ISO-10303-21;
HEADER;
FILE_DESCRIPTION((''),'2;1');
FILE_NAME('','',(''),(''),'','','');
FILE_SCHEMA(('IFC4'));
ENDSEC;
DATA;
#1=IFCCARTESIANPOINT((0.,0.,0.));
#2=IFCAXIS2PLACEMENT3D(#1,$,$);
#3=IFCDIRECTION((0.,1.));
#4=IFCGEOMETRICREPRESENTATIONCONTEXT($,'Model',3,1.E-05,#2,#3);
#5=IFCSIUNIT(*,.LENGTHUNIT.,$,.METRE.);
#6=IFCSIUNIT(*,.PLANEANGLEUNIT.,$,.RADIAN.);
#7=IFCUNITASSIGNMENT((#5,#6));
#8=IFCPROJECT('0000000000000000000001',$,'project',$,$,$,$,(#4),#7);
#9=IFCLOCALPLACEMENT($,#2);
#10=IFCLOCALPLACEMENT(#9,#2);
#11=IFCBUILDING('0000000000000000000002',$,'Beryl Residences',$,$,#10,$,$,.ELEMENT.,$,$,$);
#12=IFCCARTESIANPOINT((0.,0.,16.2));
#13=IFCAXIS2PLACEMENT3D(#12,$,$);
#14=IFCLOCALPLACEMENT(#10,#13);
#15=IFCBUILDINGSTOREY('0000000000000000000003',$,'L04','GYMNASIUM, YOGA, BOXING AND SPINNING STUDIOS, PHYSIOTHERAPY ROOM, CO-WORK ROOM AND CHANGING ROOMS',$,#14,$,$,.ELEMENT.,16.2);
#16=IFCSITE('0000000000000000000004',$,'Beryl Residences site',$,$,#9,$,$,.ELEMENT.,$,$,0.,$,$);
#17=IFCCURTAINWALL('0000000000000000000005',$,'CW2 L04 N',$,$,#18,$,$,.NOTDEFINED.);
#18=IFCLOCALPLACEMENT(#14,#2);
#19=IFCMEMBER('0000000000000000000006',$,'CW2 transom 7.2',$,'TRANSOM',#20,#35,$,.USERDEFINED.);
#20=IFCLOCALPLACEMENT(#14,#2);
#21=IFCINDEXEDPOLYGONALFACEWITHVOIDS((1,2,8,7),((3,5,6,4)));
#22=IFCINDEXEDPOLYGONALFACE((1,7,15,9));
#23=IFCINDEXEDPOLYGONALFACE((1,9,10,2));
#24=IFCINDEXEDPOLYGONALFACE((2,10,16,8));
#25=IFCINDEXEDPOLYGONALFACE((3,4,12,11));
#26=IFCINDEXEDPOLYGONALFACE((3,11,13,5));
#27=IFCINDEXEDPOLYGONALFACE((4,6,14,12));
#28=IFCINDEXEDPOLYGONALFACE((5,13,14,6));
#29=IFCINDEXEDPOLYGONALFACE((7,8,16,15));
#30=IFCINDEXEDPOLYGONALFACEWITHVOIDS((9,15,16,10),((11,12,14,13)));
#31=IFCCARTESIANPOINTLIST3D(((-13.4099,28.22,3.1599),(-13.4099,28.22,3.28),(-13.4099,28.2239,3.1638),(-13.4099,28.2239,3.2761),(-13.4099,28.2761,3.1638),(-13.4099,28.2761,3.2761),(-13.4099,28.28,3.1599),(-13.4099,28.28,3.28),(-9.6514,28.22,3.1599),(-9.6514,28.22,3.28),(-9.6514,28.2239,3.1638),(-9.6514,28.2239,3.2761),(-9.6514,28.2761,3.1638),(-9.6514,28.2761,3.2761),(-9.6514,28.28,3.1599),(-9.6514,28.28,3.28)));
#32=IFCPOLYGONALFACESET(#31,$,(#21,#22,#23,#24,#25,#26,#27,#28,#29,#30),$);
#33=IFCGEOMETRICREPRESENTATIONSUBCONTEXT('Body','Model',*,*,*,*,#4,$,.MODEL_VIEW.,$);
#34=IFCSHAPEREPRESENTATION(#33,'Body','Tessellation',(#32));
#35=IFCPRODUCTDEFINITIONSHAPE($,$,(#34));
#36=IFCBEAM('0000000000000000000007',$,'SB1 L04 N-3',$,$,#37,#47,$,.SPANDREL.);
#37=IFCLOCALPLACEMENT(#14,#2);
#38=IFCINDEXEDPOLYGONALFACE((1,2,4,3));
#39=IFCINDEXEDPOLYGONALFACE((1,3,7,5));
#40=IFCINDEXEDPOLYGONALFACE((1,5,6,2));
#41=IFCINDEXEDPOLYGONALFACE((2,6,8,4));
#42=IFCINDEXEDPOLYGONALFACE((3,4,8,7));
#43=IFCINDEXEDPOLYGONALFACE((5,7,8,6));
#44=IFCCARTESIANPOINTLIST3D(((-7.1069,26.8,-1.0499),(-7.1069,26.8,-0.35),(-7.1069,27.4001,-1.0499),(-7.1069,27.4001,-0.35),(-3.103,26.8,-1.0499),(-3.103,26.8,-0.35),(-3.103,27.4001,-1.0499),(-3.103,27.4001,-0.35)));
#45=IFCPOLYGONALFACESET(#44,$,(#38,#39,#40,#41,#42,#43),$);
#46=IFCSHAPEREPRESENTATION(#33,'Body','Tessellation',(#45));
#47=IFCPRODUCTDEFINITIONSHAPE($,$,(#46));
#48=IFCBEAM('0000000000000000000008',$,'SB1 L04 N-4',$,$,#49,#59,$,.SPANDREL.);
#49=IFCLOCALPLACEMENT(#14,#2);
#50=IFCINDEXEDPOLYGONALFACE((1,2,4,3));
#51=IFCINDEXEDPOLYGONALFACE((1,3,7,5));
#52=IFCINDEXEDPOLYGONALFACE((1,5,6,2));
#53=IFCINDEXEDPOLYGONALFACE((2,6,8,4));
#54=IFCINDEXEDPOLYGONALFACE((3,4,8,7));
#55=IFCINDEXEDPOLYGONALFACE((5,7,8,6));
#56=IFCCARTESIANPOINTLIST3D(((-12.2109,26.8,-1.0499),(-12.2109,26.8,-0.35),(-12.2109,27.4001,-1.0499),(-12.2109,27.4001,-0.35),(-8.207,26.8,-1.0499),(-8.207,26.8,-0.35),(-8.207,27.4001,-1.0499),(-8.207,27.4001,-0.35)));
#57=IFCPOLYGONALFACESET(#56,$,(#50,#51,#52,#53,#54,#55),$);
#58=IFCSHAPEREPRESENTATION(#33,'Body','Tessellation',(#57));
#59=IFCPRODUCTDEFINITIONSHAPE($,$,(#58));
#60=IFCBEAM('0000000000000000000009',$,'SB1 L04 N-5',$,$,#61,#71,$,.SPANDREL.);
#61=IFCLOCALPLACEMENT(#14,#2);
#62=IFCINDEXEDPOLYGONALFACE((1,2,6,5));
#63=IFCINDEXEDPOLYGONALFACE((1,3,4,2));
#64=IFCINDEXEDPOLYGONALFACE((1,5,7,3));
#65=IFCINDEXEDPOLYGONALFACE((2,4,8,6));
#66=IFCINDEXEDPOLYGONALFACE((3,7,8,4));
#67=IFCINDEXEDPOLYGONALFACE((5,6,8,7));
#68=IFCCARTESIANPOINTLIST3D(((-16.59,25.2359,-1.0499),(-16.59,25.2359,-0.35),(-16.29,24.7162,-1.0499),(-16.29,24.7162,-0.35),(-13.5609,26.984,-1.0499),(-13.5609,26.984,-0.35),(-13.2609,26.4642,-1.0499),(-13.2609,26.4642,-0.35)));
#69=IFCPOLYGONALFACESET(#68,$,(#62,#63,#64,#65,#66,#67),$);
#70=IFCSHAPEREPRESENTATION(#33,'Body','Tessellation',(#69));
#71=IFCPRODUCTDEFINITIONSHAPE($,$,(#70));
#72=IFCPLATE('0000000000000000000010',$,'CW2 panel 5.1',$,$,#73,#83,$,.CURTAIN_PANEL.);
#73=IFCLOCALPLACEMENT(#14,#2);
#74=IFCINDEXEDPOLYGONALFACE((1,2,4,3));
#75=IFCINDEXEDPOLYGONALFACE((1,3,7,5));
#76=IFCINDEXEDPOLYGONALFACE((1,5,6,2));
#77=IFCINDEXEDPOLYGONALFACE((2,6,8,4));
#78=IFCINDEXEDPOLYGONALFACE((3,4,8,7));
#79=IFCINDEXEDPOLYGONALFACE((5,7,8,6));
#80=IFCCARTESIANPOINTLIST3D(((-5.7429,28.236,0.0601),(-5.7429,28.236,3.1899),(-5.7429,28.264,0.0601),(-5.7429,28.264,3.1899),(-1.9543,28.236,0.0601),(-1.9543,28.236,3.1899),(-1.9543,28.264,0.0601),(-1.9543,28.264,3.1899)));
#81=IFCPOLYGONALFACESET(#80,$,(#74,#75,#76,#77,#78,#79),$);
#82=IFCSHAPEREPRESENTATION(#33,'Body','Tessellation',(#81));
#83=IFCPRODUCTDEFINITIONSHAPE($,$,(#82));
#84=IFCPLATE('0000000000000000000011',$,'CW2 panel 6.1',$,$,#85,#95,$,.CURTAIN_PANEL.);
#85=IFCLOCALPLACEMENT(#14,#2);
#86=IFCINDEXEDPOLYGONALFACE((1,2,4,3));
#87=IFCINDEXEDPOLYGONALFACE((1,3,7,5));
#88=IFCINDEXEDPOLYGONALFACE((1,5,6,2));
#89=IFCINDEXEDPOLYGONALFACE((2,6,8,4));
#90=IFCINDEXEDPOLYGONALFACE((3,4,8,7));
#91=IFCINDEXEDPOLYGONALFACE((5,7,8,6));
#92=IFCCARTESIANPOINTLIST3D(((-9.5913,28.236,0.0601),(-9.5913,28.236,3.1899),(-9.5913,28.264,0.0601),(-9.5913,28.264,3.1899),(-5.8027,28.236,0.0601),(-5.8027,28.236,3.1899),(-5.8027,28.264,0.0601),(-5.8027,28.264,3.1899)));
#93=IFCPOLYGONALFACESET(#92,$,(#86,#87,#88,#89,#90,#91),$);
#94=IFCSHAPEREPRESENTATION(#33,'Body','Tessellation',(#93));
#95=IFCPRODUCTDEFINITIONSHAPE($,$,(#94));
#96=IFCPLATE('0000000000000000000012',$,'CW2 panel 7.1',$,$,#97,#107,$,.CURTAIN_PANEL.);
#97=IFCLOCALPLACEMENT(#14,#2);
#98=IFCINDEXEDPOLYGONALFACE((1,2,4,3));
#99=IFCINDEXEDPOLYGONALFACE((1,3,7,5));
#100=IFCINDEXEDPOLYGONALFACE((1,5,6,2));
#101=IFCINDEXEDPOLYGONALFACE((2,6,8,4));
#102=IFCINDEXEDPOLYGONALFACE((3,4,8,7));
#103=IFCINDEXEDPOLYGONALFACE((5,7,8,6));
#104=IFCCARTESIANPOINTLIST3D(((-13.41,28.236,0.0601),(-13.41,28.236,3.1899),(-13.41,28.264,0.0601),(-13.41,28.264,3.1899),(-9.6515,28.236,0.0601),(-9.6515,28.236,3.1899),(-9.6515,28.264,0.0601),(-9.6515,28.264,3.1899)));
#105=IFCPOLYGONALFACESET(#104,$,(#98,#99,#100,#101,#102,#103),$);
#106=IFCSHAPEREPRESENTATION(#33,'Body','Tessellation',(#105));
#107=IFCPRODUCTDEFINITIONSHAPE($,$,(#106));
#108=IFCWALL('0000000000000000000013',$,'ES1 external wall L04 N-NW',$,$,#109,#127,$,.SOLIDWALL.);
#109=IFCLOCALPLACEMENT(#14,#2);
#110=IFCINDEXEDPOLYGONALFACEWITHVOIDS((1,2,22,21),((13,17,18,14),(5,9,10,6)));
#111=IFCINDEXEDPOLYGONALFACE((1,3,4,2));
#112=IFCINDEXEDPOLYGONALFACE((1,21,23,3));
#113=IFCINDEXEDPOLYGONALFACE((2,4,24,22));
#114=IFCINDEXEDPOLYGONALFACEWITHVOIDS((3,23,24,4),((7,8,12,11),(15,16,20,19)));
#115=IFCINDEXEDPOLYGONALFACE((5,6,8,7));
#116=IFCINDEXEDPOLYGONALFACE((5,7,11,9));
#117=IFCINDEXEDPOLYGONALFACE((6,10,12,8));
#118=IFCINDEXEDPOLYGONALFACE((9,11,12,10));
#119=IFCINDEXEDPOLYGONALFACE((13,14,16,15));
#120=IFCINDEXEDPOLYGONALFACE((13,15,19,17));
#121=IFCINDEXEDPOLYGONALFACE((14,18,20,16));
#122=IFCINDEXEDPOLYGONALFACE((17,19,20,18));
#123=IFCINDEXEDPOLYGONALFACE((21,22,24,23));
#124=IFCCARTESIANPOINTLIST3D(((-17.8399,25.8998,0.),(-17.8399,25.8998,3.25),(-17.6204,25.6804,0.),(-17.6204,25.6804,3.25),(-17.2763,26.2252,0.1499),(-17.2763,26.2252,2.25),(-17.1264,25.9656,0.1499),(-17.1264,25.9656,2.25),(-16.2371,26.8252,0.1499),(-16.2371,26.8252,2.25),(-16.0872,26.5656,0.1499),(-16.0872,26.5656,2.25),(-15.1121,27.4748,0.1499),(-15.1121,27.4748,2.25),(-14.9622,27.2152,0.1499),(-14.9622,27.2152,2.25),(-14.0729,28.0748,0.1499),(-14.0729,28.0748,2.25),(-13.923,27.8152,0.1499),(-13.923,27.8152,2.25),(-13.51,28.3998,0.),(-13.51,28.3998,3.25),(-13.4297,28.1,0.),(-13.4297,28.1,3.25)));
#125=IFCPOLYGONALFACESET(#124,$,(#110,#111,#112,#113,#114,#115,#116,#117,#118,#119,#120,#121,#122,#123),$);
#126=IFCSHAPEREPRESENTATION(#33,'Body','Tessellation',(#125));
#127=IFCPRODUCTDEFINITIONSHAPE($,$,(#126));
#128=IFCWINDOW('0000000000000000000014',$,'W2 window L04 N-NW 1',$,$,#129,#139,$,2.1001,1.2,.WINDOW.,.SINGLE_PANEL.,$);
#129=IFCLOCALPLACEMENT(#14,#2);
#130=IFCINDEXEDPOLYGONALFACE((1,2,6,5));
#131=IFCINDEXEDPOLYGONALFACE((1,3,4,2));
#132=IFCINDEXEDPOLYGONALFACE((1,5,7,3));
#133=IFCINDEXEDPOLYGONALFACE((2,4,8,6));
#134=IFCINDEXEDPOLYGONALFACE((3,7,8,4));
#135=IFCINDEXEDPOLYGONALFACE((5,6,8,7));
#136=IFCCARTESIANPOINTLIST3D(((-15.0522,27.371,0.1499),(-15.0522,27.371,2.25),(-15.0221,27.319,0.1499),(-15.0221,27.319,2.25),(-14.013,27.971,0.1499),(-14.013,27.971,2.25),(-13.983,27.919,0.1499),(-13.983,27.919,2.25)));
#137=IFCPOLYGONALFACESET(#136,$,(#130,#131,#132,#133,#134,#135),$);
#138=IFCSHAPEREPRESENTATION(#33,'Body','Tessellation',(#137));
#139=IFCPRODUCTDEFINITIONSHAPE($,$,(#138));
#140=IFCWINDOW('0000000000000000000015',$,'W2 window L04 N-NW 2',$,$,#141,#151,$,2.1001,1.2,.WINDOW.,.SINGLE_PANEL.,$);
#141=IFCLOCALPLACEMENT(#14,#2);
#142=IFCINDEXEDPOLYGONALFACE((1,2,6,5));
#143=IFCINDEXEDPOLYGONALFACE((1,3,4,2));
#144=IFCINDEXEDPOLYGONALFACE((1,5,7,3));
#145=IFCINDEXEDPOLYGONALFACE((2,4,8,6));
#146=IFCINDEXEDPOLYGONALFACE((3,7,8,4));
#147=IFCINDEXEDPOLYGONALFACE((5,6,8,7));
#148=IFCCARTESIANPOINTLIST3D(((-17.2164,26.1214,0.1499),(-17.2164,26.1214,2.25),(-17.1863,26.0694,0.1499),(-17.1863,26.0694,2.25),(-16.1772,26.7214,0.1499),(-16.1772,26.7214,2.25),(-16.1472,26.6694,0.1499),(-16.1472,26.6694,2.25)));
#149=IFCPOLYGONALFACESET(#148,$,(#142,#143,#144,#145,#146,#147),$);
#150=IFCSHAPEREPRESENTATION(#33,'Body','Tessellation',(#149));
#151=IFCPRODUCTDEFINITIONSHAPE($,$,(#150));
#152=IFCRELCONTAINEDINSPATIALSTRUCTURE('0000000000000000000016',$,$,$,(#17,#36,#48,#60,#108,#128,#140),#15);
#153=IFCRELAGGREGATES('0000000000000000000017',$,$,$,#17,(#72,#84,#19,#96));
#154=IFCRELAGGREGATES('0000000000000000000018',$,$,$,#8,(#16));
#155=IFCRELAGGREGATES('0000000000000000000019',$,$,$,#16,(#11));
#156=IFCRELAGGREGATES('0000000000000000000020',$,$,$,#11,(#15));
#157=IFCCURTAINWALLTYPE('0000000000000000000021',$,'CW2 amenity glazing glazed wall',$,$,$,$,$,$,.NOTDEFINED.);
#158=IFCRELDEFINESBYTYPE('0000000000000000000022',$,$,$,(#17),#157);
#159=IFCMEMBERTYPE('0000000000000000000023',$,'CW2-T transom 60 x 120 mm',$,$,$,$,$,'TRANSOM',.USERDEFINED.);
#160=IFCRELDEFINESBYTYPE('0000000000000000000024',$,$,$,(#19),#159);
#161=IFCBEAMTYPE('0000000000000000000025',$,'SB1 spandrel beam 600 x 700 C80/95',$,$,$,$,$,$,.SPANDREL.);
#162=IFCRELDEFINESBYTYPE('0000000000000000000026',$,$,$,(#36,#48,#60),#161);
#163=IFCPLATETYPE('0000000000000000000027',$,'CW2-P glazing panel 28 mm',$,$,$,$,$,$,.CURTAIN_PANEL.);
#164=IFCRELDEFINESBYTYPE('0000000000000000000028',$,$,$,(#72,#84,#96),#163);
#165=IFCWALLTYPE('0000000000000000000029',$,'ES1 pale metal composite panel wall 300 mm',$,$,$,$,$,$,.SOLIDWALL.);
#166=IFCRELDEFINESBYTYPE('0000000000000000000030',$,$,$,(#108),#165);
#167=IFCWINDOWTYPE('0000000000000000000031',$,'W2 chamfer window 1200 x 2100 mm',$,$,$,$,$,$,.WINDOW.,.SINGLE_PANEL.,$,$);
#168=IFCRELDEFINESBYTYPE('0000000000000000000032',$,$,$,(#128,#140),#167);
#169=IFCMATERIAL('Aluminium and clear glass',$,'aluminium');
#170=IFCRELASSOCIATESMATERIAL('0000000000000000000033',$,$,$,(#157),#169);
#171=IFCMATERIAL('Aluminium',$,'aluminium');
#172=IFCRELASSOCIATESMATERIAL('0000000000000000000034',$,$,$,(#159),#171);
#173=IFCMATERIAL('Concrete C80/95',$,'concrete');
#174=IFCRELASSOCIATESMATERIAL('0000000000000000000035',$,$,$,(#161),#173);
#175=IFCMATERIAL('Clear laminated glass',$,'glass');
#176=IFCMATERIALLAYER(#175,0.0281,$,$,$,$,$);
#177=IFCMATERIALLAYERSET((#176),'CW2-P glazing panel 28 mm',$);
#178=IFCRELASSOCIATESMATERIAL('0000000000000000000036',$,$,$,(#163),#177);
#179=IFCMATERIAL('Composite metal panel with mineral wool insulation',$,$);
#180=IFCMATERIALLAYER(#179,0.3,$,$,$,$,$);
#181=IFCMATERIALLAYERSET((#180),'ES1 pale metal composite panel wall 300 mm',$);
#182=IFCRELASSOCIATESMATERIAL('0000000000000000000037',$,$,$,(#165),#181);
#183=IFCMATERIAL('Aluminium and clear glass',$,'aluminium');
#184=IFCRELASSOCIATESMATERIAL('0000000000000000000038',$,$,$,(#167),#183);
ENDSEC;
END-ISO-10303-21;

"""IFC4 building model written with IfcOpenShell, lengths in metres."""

from ifc_helpers import new_model, si_unit, direction, frame, frame_2d, origin, origin_2d, place, context, subcontext, project, spatial, polyline, rectangle, hollow_rectangle, outline, extrude, material, layer, layer_set, material_profile, profile_set, type_object, element, fill, aggregate, save


model = new_model("IFC4")

# Units and contexts
model_context = context("Model", 3, precision=1e-05, world=origin(), true_north=direction((0.0, 1.0)))
body_context = subcontext(model_context, "Body", "Model", "MODEL_VIEW")
ifc_project = project(units=[si_unit("LENGTHUNIT", "METRE"), si_unit("PLANEANGLEUNIT", "RADIAN")], contexts=[model_context])

# Site, building, storey
site_placement = place(None, origin())
site = spatial("IfcSite", under=ifc_project, at=site_placement, Name="Beryl Residences site", CompositionType="ELEMENT", RefElevation=0.0)
building_placement = place(site_placement, origin())
building = spatial("IfcBuilding", under=site, at=building_placement, Name="Beryl Residences", CompositionType="ELEMENT")
storey_placement = place(building_placement, frame((0.0, 0.0, 16.2)))
storey = spatial("IfcBuildingStorey", under=building, at=storey_placement, Name="L04", Description="GYMNASIUM, YOGA, BOXING AND SPINNING STUDIOS, PHYSIOTHERAPY ROOM, CO-WORK ROOM AND CHANGING ROOMS", CompositionType="ELEMENT", Elevation=16.2)

# Curtain wall, member
ifc_material_1 = material(Name="Aluminium and clear glass", Category="aluminium")
curtain_wall_type = type_object("IfcCurtainWallType", Name="CW2 amenity glazing glazed wall", PredefinedType="NOTDEFINED", material=ifc_material_1)
curtain_wall_placement = place(storey_placement, origin())
curtain_wall = element("IfcCurtainWall", 1, at=curtain_wall_placement, inside=storey, type_object=curtain_wall_type, Name="CW2 L04 N", PredefinedType="NOTDEFINED")
ifc_material_2 = material(Name="Aluminium", Category="aluminium")
ifc_material_profile_1 = material_profile(ifc_material_2, hollow_rectangle(XDim=0.0601, YDim=0.1201, WallThickness=0.0039, at=origin_2d()))
ifc_profile_set_1 = profile_set([ifc_material_profile_1], Name="Aluminium")
member_type_1 = type_object("IfcMemberType", Name="CW2-T transom 60 x 120 mm", ElementType="TRANSOM", PredefinedType="USERDEFINED", material=ifc_profile_set_1)
member_1_placement = place(storey_placement, frame((-9.6514, 28.25, 3.22), z_axis=(-1.0, 0.0, 0.0), x_axis=(0.0, -1.0, 0.0)))
member_1 = element("IfcMember", 2, at=member_1_placement, type_object=member_type_1, Name="CW2 transom 7.2", ObjectType="TRANSOM", PredefinedType="USERDEFINED", context=body_context, shape_type="SweptSolid", body=[
    extrude(hollow_rectangle(XDim=0.0601, YDim=0.1201, WallThickness=0.0039, at=origin_2d()), origin(), (0.0, 0.0, 1.0), 3.7585),
])

# Beams
ifc_material_3 = material(Name="Concrete C80/95", Category="concrete")
ifc_material_profile_2 = material_profile(ifc_material_3, rectangle(XDim=0.6001, YDim=0.7, at=origin_2d()))
ifc_profile_set_2 = profile_set([ifc_material_profile_2], Name="Concrete C80/95")
beam_type = type_object("IfcBeamType", Name="SB1 spandrel beam 600 x 700 C80/95", PredefinedType="SPANDREL", material=ifc_profile_set_2)
for number, where, z_axis, x_axis, name in (
    (3, (-3.103, 27.1001, -0.7), (-1.0, 0.0, 0.0), (0.0, -1.0, 0.0), "SB1 L04 N-3"),
    (4, (-8.207, 27.1001, -0.7), (-1.0, 0.0, 0.0), (0.0, -1.0, 0.0), "SB1 L04 N-4"),
):
    element("IfcBeam", number, at=place(storey_placement, frame(where, z_axis=z_axis, x_axis=x_axis)), inside=storey, type_object=beam_type, Name=name, PredefinedType="SPANDREL", context=body_context, shape_type="SweptSolid", body=[
        extrude(rectangle(XDim=0.6001, YDim=0.7, at=origin_2d()), origin(), (0.0, 0.0, 1.0), 4.0039),
    ])
beam_placement = place(storey_placement, frame((-13.4109, 26.7241, -0.7), z_axis=(-0.866122, -0.499833, 0.0), x_axis=(0.499833, -0.866122, 0.0)))
element("IfcBeam", 5, at=beam_placement, inside=storey, type_object=beam_type, Name="SB1 L04 N-5", PredefinedType="SPANDREL", context=body_context, shape_type="SweptSolid", body=[
    extrude(rectangle(XDim=0.6001, YDim=0.7, at=origin_2d()), origin(), (0.0, 0.0, 1.0), 3.4973),
])

# Plates
ifc_material_4 = material(Name="Clear laminated glass", Category="glass")
ifc_layer_1 = layer(ifc_material_4, 0.0281)
ifc_layer_set_1 = layer_set([ifc_layer_1], Name="CW2-P glazing panel 28 mm")
plate_type = type_object("IfcPlateType", Name="CW2-P glazing panel 28 mm", PredefinedType="CURTAIN_PANEL", material=ifc_layer_set_1)
plate_1_placement = place(storey_placement, frame((-3.8486, 28.25, 0.0601), z_axis=(0.0, 0.0, 1.0), x_axis=(-1.0, 0.0, 0.0)))
plate_1 = element("IfcPlate", 6, at=plate_1_placement, type_object=plate_type, Name="CW2 panel 5.1", PredefinedType="CURTAIN_PANEL", context=body_context, shape_type="SweptSolid", body=[
    extrude(rectangle(XDim=3.7886, YDim=0.0281, at=origin_2d()), origin(), (0.0, 0.0, 1.0), 3.1299),
])
plate_2_placement = place(storey_placement, frame((-7.697, 28.25, 0.0601), z_axis=(0.0, 0.0, 1.0), x_axis=(-1.0, 0.0, 0.0)))
plate_2 = element("IfcPlate", 7, at=plate_2_placement, type_object=plate_type, Name="CW2 panel 6.1", PredefinedType="CURTAIN_PANEL", context=body_context, shape_type="SweptSolid", body=[
    extrude(rectangle(XDim=3.7886, YDim=0.0281, at=origin_2d()), origin(), (0.0, 0.0, 1.0), 3.1299),
])
plate_3_placement = place(storey_placement, frame((-11.5308, 28.25, 0.0601), z_axis=(0.0, 0.0, 1.0), x_axis=(-1.0, 0.0, 0.0)))
plate_3 = element("IfcPlate", 8, at=plate_3_placement, type_object=plate_type, Name="CW2 panel 7.1", PredefinedType="CURTAIN_PANEL", context=body_context, shape_type="SweptSolid", body=[
    extrude(rectangle(XDim=3.7585, YDim=0.0281, at=origin_2d()), origin(), (0.0, 0.0, 1.0), 3.1299),
])
aggregate(curtain_wall, [plate_1, plate_2, member_1, plate_3])

# Wall, openings, windows
ifc_material_5 = material(Name="Composite metal panel with mineral wool insulation")
ifc_layer_2 = layer(ifc_material_5, 0.3)
ifc_layer_set_2 = layer_set([ifc_layer_2], Name="ES1 pale metal composite panel wall 300 mm")
wall_type_1 = type_object("IfcWallType", Name="ES1 pale metal composite panel wall 300 mm", PredefinedType="SOLIDWALL", material=ifc_layer_set_2)
wall_1_placement = place(storey_placement, frame((-13.4351, 28.27, 0.0), z_axis=(0.0, 0.0, 1.0), x_axis=(-0.866011, -0.500025, 0.0)))
wall_1 = element("IfcWall", 9, at=wall_1_placement, inside=storey, type_object=wall_type_1, Name="ES1 external wall L04 N-NW", PredefinedType="SOLIDWALL", context=body_context, shape_type="SweptSolid", body=[
    extrude(outline(polyline([(0.0, -0.1499), (4.9998, -0.1499), (4.9194, 0.1499), (0.0803, 0.1499), (0.0, -0.1499)])), origin(), (0.0, 0.0, 1.0), 3.25),
])
opening_1_placement = place(wall_1_placement, frame((0.6499, 0.0, 0.1499)))
opening_1 = element("IfcOpeningElement", 10, at=opening_1_placement, cuts=wall_1, PredefinedType="OPENING", context=body_context, shape_type="SweptSolid", body=[
    extrude(rectangle(XDim=1.2, YDim=2.1001, at=frame_2d((0.6001, 1.05))), frame((0.0, 0.1599, 0.0), z_axis=(0.0, -1.0, 0.0), x_axis=(1.0, 0.0, 0.0)), (0.0, 0.0, 1.0), 0.3201),
])
opening_2_placement = place(wall_1_placement, frame((3.1489, 0.0, 0.1499)))
opening_2 = element("IfcOpeningElement", 11, at=opening_2_placement, cuts=wall_1, PredefinedType="OPENING", context=body_context, shape_type="SweptSolid", body=[
    extrude(rectangle(XDim=1.2, YDim=2.1001, at=frame_2d((0.6001, 1.05))), frame((0.0, 0.1599, 0.0), z_axis=(0.0, -1.0, 0.0), x_axis=(1.0, 0.0, 0.0)), (0.0, 0.0, 1.0), 0.3201),
])
ifc_material_6 = material(Name="Aluminium and clear glass", Category="aluminium")
window_type = type_object("IfcWindowType", Name="W2 chamfer window 1200 x 2100 mm", PartitioningType="SINGLE_PANEL", PredefinedType="WINDOW", material=ifc_material_6)
window_1_placement = place(opening_1_placement, origin())
window_1 = element("IfcWindow", 12, at=window_1_placement, inside=storey, type_object=window_type, Name="W2 window L04 N-NW 1", OverallHeight=2.1001, OverallWidth=1.2, PartitioningType="SINGLE_PANEL", PredefinedType="WINDOW", context=body_context, shape_type="SweptSolid", body=[
    extrude(rectangle(XDim=1.2, YDim=2.1001, at=frame_2d((0.6001, 1.05))), frame((0.0, 0.03, 0.0), z_axis=(0.0, -1.0, 0.0), x_axis=(1.0, 0.0, 0.0)), (0.0, 0.0, 1.0), 0.0601),
])
fill(opening_1, window_1)
window_2_placement = place(opening_2_placement, origin())
window_2 = element("IfcWindow", 13, at=window_2_placement, inside=storey, type_object=window_type, Name="W2 window L04 N-NW 2", OverallHeight=2.1001, OverallWidth=1.2, PartitioningType="SINGLE_PANEL", PredefinedType="WINDOW", context=body_context, shape_type="SweptSolid", body=[
    extrude(rectangle(XDim=1.2, YDim=2.1001, at=frame_2d((0.6001, 1.05))), frame((0.0, 0.03, 0.0), z_axis=(0.0, -1.0, 0.0), x_axis=(1.0, 0.0, 0.0)), (0.0, 0.0, 1.0), 0.0601),
])
fill(opening_2, window_2)

save(model, "model.ifc")
